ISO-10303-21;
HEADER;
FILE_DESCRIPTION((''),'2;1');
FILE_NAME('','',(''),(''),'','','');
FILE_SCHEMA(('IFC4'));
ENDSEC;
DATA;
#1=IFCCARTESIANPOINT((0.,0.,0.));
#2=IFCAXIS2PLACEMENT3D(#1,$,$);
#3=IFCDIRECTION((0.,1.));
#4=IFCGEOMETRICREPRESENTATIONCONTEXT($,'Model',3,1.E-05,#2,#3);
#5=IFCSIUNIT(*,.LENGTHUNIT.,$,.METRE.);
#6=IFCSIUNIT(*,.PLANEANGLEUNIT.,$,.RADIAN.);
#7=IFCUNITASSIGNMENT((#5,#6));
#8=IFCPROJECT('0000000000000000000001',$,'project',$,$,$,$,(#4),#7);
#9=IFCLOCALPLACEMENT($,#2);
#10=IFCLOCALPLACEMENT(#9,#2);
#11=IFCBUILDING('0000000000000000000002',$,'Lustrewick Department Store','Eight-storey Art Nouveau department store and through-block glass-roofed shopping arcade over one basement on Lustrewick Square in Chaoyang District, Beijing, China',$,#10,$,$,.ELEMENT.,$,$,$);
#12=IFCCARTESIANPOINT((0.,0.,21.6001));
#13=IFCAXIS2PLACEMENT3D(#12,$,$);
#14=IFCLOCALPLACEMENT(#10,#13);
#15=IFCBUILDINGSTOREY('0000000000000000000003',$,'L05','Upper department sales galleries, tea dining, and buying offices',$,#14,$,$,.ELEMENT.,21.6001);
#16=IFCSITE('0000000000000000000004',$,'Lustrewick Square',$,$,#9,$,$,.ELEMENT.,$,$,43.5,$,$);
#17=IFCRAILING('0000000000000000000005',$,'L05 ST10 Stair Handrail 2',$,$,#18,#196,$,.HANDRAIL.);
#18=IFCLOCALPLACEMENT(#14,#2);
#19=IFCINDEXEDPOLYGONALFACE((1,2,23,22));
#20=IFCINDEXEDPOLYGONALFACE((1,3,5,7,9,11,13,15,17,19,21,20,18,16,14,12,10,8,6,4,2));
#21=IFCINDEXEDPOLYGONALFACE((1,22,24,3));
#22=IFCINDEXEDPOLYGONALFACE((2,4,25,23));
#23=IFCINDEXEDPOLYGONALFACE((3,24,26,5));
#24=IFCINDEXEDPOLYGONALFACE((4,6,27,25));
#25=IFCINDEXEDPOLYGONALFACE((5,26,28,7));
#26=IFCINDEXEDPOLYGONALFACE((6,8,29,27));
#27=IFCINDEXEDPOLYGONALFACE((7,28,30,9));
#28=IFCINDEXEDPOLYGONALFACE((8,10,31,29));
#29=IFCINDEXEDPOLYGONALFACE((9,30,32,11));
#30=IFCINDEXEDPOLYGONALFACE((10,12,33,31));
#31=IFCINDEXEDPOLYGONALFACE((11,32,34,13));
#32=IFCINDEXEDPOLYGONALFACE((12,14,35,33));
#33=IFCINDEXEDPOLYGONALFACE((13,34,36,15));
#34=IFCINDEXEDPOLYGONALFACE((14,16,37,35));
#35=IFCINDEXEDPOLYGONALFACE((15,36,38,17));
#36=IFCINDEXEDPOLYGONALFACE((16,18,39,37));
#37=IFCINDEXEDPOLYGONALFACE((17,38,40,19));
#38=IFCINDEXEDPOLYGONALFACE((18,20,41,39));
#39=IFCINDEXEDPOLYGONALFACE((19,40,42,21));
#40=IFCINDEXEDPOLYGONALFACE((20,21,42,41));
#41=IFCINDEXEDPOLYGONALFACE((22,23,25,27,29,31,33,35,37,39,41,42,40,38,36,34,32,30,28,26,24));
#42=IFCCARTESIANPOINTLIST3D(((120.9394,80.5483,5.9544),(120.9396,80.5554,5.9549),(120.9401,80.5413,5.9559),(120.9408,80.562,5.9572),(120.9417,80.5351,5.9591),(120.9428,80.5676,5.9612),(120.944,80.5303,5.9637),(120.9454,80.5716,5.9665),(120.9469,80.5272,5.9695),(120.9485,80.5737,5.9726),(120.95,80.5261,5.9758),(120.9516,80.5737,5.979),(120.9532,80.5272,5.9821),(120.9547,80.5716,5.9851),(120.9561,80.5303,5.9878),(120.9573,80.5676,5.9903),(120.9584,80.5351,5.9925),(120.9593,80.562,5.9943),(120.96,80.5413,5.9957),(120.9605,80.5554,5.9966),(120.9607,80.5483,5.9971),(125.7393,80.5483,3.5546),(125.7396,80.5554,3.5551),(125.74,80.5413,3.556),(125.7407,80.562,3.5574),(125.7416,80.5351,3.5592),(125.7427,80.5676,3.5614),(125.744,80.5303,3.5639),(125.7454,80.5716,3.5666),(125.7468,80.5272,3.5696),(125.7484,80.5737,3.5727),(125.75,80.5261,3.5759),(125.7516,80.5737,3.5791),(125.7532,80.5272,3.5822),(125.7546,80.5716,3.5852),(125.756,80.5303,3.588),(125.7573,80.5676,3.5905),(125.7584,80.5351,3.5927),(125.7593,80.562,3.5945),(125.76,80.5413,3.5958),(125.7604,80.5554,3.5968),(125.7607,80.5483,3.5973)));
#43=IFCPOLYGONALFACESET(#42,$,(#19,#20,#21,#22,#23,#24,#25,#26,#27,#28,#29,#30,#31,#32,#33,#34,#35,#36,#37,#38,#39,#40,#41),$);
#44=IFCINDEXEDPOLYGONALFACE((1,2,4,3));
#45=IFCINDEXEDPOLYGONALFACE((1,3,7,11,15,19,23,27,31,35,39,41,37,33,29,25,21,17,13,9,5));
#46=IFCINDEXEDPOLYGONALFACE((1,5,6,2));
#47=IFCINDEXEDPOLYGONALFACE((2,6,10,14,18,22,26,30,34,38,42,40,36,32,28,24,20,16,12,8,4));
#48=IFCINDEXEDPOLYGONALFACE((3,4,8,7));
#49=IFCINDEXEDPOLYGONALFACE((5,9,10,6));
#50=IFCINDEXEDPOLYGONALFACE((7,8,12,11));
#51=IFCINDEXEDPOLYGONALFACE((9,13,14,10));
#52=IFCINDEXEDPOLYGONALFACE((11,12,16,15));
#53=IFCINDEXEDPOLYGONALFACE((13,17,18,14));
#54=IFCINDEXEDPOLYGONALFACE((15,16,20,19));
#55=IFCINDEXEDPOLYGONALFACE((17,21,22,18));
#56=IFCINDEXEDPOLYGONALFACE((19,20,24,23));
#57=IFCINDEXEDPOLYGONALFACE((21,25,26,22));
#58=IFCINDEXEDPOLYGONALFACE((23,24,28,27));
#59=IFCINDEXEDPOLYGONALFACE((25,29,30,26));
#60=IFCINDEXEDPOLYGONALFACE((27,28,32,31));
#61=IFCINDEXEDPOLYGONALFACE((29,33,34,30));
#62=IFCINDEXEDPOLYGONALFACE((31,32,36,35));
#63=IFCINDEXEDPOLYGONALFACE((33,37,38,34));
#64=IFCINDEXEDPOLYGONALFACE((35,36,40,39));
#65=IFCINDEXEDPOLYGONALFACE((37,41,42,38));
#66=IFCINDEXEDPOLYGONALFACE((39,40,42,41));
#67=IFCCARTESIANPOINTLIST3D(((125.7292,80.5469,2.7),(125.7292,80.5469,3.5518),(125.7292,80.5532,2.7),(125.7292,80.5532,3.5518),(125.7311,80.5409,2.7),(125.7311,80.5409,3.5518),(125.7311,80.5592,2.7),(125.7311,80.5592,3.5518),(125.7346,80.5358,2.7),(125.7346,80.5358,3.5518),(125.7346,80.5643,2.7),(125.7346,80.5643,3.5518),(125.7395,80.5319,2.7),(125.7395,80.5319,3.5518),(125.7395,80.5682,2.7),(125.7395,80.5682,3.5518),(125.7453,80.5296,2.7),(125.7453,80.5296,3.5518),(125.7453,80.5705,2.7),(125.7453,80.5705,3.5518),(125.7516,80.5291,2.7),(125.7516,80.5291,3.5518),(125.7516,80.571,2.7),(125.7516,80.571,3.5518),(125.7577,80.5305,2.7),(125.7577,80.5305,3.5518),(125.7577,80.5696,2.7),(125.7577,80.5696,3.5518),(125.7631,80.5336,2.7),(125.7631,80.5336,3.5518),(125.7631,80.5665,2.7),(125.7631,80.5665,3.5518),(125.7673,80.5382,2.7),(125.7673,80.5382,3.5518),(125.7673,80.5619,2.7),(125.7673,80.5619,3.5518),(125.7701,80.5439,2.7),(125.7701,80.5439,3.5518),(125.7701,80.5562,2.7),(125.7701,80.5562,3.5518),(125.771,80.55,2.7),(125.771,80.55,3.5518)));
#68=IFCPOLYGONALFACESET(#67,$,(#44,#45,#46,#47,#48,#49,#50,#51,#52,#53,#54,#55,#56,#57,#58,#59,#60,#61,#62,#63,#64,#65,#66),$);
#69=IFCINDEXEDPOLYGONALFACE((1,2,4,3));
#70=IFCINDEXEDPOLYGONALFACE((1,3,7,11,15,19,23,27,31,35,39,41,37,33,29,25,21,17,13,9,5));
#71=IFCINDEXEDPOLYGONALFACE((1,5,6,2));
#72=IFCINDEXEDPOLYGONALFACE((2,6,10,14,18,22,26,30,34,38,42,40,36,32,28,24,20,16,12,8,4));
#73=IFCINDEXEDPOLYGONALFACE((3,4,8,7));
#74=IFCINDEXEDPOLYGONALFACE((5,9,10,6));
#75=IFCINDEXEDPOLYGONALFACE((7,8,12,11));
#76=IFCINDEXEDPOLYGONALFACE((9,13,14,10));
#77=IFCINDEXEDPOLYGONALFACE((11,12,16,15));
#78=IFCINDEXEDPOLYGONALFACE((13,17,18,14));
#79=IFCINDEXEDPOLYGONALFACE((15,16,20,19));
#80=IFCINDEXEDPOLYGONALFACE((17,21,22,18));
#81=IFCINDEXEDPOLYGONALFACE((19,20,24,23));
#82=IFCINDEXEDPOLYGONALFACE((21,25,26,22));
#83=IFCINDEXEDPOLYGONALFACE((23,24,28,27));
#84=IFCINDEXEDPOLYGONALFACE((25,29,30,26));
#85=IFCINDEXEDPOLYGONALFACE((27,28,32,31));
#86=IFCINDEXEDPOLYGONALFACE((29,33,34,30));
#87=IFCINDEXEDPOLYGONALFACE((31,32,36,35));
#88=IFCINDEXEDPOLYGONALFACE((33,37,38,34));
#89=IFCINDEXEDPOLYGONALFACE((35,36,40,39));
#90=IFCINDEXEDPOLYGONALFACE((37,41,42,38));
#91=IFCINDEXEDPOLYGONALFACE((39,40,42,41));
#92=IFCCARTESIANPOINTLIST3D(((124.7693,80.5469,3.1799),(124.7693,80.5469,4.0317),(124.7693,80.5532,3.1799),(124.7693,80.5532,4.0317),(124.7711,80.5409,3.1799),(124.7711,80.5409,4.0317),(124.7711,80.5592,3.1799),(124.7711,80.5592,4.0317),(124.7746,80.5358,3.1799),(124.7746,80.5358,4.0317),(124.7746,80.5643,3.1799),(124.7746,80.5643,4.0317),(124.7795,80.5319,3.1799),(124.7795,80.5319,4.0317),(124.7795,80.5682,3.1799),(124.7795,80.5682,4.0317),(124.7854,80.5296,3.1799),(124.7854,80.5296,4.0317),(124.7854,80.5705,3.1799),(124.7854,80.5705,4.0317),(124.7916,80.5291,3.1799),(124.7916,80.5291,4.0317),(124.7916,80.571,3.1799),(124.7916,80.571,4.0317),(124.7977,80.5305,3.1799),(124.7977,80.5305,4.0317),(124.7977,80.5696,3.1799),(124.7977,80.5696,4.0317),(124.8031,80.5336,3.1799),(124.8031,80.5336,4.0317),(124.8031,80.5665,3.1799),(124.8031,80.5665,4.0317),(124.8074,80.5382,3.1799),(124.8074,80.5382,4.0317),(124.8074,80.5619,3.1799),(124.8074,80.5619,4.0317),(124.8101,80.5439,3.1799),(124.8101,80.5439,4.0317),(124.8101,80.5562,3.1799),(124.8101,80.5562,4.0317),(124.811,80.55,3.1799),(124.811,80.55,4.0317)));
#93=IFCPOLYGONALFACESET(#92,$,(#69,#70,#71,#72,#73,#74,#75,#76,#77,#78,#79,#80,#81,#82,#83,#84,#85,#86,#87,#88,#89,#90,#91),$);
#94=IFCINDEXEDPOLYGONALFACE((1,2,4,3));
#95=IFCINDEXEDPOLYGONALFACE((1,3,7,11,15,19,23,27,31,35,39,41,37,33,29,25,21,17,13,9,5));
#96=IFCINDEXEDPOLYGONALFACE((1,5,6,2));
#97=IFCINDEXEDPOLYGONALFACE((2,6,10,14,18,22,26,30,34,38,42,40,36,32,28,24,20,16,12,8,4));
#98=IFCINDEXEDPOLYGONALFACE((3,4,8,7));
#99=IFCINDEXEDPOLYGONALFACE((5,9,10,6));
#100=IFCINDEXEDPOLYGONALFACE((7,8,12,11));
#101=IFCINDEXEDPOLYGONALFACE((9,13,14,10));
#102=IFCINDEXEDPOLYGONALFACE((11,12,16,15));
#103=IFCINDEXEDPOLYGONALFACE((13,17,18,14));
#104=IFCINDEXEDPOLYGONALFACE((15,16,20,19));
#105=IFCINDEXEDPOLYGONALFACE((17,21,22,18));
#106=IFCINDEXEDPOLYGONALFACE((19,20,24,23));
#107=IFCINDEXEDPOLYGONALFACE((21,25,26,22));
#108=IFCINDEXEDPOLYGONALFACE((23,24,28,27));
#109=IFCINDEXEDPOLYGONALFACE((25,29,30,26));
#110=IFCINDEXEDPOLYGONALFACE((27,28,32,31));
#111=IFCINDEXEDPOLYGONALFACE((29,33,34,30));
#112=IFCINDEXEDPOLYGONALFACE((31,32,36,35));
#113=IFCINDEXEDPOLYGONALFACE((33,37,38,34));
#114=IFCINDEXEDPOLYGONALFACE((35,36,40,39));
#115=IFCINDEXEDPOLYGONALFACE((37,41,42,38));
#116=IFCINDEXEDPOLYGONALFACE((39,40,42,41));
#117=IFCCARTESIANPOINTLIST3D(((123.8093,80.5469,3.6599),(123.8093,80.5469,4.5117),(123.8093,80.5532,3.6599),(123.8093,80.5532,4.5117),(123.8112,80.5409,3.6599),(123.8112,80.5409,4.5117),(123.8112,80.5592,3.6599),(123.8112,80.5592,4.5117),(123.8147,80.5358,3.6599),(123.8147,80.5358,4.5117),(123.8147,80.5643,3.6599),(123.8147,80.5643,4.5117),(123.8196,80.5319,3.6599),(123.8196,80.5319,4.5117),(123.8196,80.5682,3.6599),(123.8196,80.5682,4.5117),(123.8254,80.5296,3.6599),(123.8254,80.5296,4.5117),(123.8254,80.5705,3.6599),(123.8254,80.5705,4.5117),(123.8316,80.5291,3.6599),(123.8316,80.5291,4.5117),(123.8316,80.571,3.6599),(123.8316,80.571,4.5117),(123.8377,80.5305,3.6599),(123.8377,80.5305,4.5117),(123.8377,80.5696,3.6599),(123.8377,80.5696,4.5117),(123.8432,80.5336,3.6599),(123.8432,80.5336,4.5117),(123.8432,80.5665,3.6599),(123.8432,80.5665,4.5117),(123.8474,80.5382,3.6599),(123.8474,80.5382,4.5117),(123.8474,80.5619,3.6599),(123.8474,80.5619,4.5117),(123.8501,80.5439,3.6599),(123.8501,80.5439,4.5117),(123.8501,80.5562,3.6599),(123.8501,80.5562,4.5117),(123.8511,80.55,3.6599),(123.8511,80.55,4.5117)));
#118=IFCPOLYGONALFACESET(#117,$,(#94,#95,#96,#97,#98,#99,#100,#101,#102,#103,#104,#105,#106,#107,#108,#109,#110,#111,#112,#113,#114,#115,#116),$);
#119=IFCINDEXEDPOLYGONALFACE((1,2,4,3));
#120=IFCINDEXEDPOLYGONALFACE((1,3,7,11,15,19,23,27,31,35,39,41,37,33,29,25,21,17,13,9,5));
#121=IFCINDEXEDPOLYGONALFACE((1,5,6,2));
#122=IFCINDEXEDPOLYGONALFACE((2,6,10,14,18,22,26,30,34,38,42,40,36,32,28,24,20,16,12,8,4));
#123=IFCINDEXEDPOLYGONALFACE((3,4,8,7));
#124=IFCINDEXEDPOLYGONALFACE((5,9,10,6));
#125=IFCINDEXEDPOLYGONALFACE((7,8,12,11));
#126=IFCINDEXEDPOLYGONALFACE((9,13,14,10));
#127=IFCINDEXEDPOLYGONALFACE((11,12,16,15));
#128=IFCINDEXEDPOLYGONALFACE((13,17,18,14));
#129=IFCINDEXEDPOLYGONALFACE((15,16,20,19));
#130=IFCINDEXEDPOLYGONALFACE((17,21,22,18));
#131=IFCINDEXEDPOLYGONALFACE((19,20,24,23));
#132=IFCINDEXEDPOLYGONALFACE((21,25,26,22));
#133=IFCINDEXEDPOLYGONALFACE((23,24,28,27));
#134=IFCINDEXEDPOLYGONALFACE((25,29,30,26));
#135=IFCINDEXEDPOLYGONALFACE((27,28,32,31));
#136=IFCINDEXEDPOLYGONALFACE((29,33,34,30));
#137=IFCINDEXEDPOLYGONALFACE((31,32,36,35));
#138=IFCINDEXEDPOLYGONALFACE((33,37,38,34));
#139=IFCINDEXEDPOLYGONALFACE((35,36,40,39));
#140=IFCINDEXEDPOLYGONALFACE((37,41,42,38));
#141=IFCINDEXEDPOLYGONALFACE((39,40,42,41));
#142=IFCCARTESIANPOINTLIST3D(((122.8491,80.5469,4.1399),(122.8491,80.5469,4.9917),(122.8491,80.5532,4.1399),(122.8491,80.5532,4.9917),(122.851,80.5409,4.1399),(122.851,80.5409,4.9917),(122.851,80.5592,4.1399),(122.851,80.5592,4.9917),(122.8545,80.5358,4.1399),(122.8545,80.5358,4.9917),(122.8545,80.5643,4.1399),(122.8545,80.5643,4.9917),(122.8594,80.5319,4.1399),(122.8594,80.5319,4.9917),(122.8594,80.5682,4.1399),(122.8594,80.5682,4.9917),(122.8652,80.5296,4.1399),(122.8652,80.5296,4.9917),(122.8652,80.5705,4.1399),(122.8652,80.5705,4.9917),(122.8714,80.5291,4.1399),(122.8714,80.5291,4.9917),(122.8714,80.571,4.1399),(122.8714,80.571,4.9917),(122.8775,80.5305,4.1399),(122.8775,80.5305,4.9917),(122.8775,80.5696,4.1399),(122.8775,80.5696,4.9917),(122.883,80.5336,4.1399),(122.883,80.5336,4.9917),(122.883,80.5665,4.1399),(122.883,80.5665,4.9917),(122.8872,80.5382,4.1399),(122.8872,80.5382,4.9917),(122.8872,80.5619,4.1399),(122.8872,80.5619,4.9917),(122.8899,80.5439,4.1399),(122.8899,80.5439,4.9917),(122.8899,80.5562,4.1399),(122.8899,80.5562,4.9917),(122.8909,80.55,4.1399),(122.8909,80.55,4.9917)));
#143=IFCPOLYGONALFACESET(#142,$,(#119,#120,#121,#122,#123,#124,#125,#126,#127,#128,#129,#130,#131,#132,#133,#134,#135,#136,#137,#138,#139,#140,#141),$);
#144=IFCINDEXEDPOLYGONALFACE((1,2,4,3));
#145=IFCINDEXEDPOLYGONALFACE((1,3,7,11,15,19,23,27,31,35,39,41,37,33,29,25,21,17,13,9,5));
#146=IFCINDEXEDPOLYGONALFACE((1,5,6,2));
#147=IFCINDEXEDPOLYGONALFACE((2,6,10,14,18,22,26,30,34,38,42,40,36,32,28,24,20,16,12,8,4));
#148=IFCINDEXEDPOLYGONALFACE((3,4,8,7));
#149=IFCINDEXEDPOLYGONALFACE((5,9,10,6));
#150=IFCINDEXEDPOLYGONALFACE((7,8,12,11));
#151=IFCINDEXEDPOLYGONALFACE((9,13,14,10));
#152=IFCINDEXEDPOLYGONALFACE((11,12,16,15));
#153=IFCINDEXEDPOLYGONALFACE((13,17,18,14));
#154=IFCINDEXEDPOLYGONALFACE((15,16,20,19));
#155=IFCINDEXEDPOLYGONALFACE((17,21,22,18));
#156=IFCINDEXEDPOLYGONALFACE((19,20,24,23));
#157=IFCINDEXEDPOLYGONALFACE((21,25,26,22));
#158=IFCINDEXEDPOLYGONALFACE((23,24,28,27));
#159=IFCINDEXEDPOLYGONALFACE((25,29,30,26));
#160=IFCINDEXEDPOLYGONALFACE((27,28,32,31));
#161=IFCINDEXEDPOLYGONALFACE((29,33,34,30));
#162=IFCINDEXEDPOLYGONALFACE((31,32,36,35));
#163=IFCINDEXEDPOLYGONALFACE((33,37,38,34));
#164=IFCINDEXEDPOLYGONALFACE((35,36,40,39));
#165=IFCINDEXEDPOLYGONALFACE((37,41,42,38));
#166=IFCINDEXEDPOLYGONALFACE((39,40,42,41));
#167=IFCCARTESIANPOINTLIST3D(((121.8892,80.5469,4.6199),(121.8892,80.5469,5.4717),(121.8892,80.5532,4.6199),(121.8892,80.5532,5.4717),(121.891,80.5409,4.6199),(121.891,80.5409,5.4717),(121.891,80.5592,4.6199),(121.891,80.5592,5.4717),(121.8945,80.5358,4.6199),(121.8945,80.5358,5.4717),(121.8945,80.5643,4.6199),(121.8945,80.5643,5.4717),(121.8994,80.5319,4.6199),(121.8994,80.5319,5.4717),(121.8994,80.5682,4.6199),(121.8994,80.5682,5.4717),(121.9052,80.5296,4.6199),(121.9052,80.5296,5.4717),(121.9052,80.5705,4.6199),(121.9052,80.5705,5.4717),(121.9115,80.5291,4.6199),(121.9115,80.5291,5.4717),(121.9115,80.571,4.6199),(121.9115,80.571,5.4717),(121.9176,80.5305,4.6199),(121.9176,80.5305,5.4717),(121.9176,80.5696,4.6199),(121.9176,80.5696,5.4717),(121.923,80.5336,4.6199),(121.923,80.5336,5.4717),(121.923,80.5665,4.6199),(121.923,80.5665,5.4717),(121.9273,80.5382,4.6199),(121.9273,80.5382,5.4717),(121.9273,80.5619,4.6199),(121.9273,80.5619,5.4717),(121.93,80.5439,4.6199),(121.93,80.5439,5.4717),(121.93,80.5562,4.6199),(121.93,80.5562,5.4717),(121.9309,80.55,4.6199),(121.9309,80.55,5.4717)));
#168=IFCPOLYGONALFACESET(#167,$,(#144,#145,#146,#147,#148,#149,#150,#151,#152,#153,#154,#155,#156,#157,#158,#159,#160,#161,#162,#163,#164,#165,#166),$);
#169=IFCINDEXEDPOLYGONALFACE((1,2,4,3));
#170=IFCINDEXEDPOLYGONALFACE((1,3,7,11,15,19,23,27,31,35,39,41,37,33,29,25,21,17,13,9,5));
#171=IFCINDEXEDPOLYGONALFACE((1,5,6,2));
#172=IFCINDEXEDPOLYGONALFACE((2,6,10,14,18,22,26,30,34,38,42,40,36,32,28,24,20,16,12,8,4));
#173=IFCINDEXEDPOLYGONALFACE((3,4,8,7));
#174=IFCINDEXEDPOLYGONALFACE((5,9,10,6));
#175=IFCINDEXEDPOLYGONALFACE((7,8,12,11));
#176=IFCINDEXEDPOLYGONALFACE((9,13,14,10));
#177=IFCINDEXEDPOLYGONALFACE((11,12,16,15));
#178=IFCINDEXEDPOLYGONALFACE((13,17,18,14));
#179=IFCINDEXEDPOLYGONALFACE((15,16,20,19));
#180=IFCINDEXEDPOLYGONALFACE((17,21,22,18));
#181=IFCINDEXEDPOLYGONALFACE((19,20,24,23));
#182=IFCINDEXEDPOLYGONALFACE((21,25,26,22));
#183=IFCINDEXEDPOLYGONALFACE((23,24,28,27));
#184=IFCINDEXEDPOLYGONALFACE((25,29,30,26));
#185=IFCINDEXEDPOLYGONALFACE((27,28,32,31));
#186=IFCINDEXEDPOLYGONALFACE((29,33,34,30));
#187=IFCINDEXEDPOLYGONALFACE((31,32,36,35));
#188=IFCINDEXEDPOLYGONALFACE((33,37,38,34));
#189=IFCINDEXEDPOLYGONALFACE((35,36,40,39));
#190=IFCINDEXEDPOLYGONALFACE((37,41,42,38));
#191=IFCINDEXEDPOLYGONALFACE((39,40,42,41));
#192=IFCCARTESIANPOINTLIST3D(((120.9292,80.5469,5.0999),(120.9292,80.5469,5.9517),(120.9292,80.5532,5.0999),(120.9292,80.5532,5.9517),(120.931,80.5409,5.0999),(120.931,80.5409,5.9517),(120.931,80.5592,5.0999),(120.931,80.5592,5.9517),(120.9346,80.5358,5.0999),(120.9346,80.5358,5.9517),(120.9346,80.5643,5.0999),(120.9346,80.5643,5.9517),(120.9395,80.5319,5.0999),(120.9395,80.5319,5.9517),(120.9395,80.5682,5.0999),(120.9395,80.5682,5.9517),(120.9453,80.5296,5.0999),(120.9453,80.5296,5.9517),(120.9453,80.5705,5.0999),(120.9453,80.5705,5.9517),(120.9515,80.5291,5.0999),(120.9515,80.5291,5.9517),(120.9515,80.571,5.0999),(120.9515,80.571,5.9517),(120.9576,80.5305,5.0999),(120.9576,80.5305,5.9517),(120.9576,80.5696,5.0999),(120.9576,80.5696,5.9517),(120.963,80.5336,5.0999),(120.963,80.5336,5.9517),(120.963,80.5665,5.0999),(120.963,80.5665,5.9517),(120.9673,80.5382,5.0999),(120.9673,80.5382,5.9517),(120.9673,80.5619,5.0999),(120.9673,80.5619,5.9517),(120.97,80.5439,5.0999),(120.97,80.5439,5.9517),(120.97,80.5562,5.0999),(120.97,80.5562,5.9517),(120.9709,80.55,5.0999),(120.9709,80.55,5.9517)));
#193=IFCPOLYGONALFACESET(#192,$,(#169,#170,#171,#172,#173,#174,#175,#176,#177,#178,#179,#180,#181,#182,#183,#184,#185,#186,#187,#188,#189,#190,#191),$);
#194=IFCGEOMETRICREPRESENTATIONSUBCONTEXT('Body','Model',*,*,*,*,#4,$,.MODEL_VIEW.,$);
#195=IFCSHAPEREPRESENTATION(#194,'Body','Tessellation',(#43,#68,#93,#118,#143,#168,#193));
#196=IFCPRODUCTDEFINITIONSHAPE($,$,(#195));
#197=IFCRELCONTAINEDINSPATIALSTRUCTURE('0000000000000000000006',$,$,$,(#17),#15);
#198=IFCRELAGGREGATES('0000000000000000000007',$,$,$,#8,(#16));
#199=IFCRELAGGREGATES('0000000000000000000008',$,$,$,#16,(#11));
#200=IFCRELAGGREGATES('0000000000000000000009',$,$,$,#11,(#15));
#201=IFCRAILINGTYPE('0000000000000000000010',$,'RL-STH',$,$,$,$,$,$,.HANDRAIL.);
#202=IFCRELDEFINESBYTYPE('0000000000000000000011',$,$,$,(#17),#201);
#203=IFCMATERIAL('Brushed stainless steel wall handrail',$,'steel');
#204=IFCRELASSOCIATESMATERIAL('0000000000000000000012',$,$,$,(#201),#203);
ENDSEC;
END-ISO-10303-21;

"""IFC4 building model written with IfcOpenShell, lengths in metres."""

from ifc_helpers import new_model, si_unit, direction, frame, origin, origin_2d, place, context, subcontext, project, spatial, circle, extrude, material, type_object, element, save


model = new_model("IFC4")

# Units and contexts
model_context = context("Model", 3, precision=1e-05, world=origin(), true_north=direction((0.0, 1.0)))
body_context = subcontext(model_context, "Body", "Model", "MODEL_VIEW")
ifc_project = project(units=[si_unit("LENGTHUNIT", "METRE"), si_unit("PLANEANGLEUNIT", "RADIAN")], contexts=[model_context])

# Site, building, storey
site_placement = place(None, origin())
site = spatial("IfcSite", under=ifc_project, at=site_placement, Name="Lustrewick Square", CompositionType="ELEMENT", RefElevation=43.5)
building_placement = place(site_placement, origin())
building = spatial("IfcBuilding", under=site, at=building_placement, Name="Lustrewick Department Store", Description="Eight-storey Art Nouveau department store and through-block glass-roofed shopping arcade over one basement on Lustrewick Square in Chaoyang District, Beijing, China", CompositionType="ELEMENT")
storey_placement = place(building_placement, frame((0.0, 0.0, 21.6001)))
storey = spatial("IfcBuildingStorey", under=building, at=storey_placement, Name="L05", Description="Upper department sales galleries, tea dining, and buying offices", CompositionType="ELEMENT", Elevation=21.6001)

# Railing
ifc_material_1 = material(Name="Brushed stainless steel wall handrail", Category="steel")
railing_type_1 = type_object("IfcRailingType", Name="RL-STH", PredefinedType="HANDRAIL", material=ifc_material_1)
railing_1_placement = place(storey_placement, frame((125.75, 80.55, 2.7)))
element("IfcRailing", 1, at=railing_1_placement, inside=storey, type_object=railing_type_1, Name="L05 ST10 Stair Handrail 2", PredefinedType="HANDRAIL", context=body_context, shape_type="SweptSolid", body=[
    extrude(circle(Radius=0.0239, at=origin_2d()), frame((0.0, 0.0, 0.876), z_axis=(-0.894436, 0.0, 0.447195), x_axis=(0.0, -1.0, 0.0)), (0.0, 0.0, 1.0), 5.3665),
    extrude(circle(Radius=0.021, at=origin_2d()), origin(), (0.0, 0.0, 1.0), 0.8518),
    extrude(circle(Radius=0.021, at=origin_2d()), frame((-0.96, 0.0, 0.48)), (0.0, 0.0, 1.0), 0.8518),
    extrude(circle(Radius=0.021, at=origin_2d()), frame((-1.9199, 0.0, 0.96)), (0.0, 0.0, 1.0), 0.8518),
    extrude(circle(Radius=0.021, at=origin_2d()), frame((-2.8801, 0.0, 1.4399)), (0.0, 0.0, 1.0), 0.8518),
    extrude(circle(Radius=0.021, at=origin_2d()), frame((-3.8401, 0.0, 1.9199)), (0.0, 0.0, 1.0), 0.8518),
    extrude(circle(Radius=0.021, at=origin_2d()), frame((-4.8, 0.0, 2.3999)), (0.0, 0.0, 1.0), 0.8518),
])

save(model, "model.ifc")
